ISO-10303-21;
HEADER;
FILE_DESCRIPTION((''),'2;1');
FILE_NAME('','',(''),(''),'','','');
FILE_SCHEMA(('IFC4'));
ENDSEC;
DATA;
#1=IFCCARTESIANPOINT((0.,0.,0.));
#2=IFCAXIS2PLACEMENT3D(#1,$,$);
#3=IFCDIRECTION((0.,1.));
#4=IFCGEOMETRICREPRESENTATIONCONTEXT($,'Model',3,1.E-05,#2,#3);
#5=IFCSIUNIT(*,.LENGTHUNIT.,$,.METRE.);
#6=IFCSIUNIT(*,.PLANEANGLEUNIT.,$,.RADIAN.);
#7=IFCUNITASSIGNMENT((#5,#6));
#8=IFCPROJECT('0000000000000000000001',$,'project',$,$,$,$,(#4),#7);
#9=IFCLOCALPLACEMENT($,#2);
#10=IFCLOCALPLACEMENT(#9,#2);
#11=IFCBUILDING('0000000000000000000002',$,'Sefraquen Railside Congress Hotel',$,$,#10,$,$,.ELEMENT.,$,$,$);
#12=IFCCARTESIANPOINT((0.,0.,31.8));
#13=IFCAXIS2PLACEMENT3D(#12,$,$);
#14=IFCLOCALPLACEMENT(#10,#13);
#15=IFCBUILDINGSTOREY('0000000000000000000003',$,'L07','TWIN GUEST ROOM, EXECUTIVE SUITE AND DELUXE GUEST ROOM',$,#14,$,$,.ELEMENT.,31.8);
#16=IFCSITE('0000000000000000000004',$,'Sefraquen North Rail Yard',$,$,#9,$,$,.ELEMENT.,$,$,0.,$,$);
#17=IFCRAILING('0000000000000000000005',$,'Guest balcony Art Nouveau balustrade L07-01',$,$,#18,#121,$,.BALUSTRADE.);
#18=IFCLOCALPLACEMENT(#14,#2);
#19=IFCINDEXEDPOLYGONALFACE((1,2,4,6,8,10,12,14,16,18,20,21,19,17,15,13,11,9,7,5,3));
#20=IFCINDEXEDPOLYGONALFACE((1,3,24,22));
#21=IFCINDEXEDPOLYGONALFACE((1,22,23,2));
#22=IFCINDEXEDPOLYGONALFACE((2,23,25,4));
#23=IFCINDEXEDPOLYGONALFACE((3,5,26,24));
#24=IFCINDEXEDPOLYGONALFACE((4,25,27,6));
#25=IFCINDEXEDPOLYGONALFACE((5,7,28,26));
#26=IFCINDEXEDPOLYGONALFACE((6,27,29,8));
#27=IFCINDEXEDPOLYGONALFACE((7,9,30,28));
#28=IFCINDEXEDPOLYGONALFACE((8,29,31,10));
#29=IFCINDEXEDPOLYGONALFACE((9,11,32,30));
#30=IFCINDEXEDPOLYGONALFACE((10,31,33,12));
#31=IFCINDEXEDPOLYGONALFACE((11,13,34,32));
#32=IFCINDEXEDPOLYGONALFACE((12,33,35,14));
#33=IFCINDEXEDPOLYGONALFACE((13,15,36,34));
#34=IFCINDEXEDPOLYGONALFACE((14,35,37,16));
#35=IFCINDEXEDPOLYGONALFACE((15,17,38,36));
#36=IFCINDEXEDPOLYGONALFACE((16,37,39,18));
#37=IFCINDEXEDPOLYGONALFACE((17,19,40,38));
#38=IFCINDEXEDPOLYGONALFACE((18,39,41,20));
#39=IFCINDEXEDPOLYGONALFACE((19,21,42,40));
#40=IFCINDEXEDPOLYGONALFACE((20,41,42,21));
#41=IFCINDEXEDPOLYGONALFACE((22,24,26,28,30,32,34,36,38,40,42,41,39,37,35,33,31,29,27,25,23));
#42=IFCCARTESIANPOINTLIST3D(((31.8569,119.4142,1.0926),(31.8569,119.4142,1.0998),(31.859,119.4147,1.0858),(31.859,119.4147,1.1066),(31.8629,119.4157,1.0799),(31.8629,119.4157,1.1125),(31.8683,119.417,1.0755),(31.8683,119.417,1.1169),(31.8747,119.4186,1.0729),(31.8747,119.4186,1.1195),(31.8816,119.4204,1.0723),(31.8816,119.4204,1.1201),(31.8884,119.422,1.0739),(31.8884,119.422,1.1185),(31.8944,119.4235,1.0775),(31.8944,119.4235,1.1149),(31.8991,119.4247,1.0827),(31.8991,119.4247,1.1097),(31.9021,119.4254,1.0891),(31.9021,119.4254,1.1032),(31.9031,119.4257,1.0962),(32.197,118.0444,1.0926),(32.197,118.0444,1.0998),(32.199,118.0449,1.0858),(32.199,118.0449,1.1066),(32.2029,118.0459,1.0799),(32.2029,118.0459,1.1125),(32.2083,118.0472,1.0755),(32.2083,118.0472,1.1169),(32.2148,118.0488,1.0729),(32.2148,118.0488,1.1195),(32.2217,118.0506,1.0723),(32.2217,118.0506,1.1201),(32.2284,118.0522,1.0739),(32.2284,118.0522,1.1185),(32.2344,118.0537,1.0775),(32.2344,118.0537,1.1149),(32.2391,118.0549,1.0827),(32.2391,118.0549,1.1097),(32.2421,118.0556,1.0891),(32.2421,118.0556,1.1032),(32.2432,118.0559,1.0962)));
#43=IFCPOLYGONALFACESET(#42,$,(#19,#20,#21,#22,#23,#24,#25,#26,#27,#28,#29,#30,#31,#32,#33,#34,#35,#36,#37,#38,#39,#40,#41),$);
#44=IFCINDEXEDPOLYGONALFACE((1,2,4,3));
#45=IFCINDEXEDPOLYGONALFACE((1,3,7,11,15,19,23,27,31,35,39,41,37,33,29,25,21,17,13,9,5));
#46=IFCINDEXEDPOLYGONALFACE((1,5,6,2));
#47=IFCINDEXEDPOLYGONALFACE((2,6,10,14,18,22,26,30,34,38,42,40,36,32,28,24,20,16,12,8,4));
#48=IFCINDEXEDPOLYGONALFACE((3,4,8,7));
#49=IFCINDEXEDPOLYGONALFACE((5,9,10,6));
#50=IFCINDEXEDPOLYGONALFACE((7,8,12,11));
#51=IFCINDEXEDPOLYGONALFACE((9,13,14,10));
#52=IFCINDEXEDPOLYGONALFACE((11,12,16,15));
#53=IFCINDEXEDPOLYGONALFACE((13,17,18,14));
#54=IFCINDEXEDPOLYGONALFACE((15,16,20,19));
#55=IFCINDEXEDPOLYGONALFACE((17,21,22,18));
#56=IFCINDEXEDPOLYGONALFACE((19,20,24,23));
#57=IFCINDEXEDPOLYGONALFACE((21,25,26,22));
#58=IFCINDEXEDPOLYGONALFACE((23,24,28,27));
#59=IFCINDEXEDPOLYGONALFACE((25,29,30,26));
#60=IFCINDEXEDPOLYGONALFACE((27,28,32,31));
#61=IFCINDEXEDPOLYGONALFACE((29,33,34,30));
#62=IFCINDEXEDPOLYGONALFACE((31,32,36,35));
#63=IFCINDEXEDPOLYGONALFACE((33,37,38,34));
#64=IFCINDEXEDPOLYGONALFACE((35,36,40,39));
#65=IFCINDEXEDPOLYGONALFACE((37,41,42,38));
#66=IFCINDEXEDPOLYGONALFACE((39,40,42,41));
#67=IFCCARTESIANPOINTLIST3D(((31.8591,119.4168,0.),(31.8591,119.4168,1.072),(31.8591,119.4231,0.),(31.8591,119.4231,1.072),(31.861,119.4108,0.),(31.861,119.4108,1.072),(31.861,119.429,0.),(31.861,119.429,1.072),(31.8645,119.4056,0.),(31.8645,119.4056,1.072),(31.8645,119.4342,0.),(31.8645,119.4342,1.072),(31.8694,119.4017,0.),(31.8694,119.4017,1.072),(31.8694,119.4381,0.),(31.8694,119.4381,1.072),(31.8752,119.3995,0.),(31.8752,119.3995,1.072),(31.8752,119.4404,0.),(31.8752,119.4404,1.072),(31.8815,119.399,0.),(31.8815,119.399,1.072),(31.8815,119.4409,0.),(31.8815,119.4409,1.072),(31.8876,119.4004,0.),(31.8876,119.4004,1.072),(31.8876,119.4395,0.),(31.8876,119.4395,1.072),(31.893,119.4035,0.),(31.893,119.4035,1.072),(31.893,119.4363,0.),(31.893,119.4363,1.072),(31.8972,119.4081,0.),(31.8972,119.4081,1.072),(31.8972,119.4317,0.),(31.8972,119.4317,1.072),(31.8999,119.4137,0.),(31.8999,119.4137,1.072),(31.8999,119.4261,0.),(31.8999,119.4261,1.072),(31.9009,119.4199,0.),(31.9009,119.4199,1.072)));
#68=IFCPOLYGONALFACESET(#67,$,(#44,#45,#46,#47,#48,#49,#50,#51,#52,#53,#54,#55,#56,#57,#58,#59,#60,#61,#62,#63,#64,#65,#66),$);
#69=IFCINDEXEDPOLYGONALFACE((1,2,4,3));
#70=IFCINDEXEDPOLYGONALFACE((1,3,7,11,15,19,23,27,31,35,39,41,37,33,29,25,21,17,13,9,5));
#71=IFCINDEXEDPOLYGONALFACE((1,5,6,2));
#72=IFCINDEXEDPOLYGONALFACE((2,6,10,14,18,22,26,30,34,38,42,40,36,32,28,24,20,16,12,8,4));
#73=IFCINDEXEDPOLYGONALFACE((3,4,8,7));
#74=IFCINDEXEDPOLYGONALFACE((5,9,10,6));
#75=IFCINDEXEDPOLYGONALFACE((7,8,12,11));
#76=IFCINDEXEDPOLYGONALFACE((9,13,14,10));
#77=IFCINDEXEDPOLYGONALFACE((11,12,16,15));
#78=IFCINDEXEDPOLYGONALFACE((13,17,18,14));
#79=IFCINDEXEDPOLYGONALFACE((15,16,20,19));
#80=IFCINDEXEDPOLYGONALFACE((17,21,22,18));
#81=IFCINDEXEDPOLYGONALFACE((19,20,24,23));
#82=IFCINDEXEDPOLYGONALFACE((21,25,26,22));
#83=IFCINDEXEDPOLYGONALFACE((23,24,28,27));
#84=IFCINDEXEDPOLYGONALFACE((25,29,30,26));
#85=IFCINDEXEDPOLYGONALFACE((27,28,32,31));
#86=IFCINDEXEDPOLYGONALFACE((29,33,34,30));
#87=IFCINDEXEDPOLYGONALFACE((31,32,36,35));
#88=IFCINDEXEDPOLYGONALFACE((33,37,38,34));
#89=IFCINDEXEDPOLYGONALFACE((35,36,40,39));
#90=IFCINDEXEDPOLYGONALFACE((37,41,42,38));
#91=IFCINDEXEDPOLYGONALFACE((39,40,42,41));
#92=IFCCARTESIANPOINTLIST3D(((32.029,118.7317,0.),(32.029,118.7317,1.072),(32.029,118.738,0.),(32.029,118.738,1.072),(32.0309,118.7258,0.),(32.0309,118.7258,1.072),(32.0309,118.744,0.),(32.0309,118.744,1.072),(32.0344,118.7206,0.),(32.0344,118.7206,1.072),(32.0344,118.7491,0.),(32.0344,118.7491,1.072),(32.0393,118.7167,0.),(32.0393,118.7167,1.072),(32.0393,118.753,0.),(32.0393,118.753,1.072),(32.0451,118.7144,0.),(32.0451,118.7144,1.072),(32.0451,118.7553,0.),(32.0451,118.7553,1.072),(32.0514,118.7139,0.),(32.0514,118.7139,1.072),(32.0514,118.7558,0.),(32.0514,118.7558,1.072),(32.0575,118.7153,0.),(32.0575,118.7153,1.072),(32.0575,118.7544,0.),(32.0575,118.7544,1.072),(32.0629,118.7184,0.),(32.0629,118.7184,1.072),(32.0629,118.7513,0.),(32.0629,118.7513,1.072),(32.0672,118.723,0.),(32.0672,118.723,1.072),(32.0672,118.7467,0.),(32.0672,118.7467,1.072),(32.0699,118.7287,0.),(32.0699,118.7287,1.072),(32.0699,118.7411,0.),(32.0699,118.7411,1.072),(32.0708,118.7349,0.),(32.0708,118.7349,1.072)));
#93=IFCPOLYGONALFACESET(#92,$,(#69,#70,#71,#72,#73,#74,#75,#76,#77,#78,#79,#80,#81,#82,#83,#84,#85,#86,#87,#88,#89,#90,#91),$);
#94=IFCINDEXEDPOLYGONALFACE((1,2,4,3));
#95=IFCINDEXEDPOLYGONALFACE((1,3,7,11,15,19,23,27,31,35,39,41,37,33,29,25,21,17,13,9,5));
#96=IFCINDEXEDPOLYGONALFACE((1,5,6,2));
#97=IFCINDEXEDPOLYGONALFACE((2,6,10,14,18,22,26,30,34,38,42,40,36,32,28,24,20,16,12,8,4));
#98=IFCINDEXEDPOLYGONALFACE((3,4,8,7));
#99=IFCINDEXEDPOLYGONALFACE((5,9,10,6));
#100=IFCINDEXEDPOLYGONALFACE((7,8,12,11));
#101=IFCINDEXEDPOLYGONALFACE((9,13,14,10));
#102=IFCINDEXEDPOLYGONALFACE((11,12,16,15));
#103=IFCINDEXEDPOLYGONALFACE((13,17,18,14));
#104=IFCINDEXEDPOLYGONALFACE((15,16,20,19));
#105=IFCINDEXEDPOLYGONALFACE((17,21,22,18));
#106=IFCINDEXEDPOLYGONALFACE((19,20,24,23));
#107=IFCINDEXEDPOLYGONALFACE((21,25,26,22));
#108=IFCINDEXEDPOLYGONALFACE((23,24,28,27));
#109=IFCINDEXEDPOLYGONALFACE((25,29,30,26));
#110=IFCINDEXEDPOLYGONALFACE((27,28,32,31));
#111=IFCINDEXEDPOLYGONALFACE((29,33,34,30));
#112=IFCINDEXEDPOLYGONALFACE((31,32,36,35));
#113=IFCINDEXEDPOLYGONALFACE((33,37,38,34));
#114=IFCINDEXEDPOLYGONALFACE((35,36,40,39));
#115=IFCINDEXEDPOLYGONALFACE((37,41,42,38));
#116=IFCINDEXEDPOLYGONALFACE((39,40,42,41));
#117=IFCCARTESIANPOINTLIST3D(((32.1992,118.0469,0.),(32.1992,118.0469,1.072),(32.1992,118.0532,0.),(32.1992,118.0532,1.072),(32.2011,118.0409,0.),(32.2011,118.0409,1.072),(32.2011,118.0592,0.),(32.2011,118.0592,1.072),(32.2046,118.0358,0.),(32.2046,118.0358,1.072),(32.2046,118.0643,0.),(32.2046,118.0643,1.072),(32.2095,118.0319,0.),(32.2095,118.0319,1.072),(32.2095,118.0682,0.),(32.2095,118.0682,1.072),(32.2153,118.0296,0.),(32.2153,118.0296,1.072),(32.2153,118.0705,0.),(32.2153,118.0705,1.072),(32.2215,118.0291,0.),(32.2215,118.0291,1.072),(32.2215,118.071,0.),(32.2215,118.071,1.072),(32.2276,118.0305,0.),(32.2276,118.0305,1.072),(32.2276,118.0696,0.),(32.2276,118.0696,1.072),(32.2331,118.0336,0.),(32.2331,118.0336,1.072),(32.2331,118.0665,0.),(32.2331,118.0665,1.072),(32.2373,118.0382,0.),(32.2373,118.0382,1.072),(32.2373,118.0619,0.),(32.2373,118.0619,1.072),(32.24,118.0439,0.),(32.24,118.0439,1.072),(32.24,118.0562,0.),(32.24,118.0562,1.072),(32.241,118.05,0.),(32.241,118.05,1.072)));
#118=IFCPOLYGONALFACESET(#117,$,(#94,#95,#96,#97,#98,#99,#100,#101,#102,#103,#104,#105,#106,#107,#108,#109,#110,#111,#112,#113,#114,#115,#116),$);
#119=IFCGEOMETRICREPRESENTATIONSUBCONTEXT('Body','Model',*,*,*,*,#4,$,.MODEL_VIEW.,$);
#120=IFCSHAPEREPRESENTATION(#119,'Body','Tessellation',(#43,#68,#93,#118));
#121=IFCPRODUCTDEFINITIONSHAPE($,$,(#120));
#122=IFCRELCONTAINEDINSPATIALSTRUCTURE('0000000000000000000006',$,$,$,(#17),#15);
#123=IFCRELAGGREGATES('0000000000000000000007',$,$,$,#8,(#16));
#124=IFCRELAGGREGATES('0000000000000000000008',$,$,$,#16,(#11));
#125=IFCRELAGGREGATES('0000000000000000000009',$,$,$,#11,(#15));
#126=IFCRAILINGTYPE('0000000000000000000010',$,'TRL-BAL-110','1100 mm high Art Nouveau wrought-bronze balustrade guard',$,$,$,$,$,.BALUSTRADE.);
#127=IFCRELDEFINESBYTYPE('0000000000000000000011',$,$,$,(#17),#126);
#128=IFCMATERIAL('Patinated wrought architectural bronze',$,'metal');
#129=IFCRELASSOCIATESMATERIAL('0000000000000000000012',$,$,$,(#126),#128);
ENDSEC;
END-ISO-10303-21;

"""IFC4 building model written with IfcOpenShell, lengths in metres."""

from ifc_helpers import new_model, si_unit, direction, frame, origin, origin_2d, place, context, subcontext, project, spatial, circle, extrude, material, type_object, element, save


model = new_model("IFC4")

# Units and contexts
model_context = context("Model", 3, precision=1e-05, world=origin(), true_north=direction((0.0, 1.0)))
body_context = subcontext(model_context, "Body", "Model", "MODEL_VIEW")
ifc_project = project(units=[si_unit("LENGTHUNIT", "METRE"), si_unit("PLANEANGLEUNIT", "RADIAN")], contexts=[model_context])

# Site, building, storey
site_placement = place(None, origin())
site = spatial("IfcSite", under=ifc_project, at=site_placement, Name="Sefraquen North Rail Yard", CompositionType="ELEMENT", RefElevation=0.0)
building_placement = place(site_placement, origin())
building = spatial("IfcBuilding", under=site, at=building_placement, Name="Sefraquen Railside Congress Hotel", CompositionType="ELEMENT")
storey_placement = place(building_placement, frame((0.0, 0.0, 31.8)))
storey = spatial("IfcBuildingStorey", under=building, at=storey_placement, Name="L07", Description="TWIN GUEST ROOM, EXECUTIVE SUITE AND DELUXE GUEST ROOM", CompositionType="ELEMENT", Elevation=31.8)

# Railing
ifc_material_1 = material(Name="Patinated wrought architectural bronze", Category="metal")
railing_type = type_object("IfcRailingType", Name="TRL-BAL-110", Description="1100 mm high Art Nouveau wrought-bronze balustrade guard", PredefinedType="BALUSTRADE", material=ifc_material_1)
railing_1_placement = place(storey_placement, frame((31.8799, 119.4199, 0.0)))
element("IfcRailing", 1, at=railing_1_placement, inside=storey, type_object=railing_type, Name="Guest balcony Art Nouveau balustrade L07-01", PredefinedType="BALUSTRADE", context=body_context, shape_type="SweptSolid", body=[
    extrude(circle(Radius=0.0239, at=origin_2d()), frame((0.0, 0.0, 1.0962), z_axis=(0.240948, -0.970538, 0.0), x_axis=(0.970538, 0.240948, 0.0)), (0.0, 0.0, 1.0), 1.4114),
    extrude(circle(Radius=0.021, at=origin_2d()), origin(), (0.0, 0.0, 1.0), 1.072),
    extrude(circle(Radius=0.021, at=origin_2d()), frame((0.1699, -0.6851, 0.0)), (0.0, 0.0, 1.0), 1.072),
    extrude(circle(Radius=0.021, at=origin_2d()), frame((0.3401, -1.3699, 0.0)), (0.0, 0.0, 1.0), 1.072),
])

save(model, "model.ifc")
